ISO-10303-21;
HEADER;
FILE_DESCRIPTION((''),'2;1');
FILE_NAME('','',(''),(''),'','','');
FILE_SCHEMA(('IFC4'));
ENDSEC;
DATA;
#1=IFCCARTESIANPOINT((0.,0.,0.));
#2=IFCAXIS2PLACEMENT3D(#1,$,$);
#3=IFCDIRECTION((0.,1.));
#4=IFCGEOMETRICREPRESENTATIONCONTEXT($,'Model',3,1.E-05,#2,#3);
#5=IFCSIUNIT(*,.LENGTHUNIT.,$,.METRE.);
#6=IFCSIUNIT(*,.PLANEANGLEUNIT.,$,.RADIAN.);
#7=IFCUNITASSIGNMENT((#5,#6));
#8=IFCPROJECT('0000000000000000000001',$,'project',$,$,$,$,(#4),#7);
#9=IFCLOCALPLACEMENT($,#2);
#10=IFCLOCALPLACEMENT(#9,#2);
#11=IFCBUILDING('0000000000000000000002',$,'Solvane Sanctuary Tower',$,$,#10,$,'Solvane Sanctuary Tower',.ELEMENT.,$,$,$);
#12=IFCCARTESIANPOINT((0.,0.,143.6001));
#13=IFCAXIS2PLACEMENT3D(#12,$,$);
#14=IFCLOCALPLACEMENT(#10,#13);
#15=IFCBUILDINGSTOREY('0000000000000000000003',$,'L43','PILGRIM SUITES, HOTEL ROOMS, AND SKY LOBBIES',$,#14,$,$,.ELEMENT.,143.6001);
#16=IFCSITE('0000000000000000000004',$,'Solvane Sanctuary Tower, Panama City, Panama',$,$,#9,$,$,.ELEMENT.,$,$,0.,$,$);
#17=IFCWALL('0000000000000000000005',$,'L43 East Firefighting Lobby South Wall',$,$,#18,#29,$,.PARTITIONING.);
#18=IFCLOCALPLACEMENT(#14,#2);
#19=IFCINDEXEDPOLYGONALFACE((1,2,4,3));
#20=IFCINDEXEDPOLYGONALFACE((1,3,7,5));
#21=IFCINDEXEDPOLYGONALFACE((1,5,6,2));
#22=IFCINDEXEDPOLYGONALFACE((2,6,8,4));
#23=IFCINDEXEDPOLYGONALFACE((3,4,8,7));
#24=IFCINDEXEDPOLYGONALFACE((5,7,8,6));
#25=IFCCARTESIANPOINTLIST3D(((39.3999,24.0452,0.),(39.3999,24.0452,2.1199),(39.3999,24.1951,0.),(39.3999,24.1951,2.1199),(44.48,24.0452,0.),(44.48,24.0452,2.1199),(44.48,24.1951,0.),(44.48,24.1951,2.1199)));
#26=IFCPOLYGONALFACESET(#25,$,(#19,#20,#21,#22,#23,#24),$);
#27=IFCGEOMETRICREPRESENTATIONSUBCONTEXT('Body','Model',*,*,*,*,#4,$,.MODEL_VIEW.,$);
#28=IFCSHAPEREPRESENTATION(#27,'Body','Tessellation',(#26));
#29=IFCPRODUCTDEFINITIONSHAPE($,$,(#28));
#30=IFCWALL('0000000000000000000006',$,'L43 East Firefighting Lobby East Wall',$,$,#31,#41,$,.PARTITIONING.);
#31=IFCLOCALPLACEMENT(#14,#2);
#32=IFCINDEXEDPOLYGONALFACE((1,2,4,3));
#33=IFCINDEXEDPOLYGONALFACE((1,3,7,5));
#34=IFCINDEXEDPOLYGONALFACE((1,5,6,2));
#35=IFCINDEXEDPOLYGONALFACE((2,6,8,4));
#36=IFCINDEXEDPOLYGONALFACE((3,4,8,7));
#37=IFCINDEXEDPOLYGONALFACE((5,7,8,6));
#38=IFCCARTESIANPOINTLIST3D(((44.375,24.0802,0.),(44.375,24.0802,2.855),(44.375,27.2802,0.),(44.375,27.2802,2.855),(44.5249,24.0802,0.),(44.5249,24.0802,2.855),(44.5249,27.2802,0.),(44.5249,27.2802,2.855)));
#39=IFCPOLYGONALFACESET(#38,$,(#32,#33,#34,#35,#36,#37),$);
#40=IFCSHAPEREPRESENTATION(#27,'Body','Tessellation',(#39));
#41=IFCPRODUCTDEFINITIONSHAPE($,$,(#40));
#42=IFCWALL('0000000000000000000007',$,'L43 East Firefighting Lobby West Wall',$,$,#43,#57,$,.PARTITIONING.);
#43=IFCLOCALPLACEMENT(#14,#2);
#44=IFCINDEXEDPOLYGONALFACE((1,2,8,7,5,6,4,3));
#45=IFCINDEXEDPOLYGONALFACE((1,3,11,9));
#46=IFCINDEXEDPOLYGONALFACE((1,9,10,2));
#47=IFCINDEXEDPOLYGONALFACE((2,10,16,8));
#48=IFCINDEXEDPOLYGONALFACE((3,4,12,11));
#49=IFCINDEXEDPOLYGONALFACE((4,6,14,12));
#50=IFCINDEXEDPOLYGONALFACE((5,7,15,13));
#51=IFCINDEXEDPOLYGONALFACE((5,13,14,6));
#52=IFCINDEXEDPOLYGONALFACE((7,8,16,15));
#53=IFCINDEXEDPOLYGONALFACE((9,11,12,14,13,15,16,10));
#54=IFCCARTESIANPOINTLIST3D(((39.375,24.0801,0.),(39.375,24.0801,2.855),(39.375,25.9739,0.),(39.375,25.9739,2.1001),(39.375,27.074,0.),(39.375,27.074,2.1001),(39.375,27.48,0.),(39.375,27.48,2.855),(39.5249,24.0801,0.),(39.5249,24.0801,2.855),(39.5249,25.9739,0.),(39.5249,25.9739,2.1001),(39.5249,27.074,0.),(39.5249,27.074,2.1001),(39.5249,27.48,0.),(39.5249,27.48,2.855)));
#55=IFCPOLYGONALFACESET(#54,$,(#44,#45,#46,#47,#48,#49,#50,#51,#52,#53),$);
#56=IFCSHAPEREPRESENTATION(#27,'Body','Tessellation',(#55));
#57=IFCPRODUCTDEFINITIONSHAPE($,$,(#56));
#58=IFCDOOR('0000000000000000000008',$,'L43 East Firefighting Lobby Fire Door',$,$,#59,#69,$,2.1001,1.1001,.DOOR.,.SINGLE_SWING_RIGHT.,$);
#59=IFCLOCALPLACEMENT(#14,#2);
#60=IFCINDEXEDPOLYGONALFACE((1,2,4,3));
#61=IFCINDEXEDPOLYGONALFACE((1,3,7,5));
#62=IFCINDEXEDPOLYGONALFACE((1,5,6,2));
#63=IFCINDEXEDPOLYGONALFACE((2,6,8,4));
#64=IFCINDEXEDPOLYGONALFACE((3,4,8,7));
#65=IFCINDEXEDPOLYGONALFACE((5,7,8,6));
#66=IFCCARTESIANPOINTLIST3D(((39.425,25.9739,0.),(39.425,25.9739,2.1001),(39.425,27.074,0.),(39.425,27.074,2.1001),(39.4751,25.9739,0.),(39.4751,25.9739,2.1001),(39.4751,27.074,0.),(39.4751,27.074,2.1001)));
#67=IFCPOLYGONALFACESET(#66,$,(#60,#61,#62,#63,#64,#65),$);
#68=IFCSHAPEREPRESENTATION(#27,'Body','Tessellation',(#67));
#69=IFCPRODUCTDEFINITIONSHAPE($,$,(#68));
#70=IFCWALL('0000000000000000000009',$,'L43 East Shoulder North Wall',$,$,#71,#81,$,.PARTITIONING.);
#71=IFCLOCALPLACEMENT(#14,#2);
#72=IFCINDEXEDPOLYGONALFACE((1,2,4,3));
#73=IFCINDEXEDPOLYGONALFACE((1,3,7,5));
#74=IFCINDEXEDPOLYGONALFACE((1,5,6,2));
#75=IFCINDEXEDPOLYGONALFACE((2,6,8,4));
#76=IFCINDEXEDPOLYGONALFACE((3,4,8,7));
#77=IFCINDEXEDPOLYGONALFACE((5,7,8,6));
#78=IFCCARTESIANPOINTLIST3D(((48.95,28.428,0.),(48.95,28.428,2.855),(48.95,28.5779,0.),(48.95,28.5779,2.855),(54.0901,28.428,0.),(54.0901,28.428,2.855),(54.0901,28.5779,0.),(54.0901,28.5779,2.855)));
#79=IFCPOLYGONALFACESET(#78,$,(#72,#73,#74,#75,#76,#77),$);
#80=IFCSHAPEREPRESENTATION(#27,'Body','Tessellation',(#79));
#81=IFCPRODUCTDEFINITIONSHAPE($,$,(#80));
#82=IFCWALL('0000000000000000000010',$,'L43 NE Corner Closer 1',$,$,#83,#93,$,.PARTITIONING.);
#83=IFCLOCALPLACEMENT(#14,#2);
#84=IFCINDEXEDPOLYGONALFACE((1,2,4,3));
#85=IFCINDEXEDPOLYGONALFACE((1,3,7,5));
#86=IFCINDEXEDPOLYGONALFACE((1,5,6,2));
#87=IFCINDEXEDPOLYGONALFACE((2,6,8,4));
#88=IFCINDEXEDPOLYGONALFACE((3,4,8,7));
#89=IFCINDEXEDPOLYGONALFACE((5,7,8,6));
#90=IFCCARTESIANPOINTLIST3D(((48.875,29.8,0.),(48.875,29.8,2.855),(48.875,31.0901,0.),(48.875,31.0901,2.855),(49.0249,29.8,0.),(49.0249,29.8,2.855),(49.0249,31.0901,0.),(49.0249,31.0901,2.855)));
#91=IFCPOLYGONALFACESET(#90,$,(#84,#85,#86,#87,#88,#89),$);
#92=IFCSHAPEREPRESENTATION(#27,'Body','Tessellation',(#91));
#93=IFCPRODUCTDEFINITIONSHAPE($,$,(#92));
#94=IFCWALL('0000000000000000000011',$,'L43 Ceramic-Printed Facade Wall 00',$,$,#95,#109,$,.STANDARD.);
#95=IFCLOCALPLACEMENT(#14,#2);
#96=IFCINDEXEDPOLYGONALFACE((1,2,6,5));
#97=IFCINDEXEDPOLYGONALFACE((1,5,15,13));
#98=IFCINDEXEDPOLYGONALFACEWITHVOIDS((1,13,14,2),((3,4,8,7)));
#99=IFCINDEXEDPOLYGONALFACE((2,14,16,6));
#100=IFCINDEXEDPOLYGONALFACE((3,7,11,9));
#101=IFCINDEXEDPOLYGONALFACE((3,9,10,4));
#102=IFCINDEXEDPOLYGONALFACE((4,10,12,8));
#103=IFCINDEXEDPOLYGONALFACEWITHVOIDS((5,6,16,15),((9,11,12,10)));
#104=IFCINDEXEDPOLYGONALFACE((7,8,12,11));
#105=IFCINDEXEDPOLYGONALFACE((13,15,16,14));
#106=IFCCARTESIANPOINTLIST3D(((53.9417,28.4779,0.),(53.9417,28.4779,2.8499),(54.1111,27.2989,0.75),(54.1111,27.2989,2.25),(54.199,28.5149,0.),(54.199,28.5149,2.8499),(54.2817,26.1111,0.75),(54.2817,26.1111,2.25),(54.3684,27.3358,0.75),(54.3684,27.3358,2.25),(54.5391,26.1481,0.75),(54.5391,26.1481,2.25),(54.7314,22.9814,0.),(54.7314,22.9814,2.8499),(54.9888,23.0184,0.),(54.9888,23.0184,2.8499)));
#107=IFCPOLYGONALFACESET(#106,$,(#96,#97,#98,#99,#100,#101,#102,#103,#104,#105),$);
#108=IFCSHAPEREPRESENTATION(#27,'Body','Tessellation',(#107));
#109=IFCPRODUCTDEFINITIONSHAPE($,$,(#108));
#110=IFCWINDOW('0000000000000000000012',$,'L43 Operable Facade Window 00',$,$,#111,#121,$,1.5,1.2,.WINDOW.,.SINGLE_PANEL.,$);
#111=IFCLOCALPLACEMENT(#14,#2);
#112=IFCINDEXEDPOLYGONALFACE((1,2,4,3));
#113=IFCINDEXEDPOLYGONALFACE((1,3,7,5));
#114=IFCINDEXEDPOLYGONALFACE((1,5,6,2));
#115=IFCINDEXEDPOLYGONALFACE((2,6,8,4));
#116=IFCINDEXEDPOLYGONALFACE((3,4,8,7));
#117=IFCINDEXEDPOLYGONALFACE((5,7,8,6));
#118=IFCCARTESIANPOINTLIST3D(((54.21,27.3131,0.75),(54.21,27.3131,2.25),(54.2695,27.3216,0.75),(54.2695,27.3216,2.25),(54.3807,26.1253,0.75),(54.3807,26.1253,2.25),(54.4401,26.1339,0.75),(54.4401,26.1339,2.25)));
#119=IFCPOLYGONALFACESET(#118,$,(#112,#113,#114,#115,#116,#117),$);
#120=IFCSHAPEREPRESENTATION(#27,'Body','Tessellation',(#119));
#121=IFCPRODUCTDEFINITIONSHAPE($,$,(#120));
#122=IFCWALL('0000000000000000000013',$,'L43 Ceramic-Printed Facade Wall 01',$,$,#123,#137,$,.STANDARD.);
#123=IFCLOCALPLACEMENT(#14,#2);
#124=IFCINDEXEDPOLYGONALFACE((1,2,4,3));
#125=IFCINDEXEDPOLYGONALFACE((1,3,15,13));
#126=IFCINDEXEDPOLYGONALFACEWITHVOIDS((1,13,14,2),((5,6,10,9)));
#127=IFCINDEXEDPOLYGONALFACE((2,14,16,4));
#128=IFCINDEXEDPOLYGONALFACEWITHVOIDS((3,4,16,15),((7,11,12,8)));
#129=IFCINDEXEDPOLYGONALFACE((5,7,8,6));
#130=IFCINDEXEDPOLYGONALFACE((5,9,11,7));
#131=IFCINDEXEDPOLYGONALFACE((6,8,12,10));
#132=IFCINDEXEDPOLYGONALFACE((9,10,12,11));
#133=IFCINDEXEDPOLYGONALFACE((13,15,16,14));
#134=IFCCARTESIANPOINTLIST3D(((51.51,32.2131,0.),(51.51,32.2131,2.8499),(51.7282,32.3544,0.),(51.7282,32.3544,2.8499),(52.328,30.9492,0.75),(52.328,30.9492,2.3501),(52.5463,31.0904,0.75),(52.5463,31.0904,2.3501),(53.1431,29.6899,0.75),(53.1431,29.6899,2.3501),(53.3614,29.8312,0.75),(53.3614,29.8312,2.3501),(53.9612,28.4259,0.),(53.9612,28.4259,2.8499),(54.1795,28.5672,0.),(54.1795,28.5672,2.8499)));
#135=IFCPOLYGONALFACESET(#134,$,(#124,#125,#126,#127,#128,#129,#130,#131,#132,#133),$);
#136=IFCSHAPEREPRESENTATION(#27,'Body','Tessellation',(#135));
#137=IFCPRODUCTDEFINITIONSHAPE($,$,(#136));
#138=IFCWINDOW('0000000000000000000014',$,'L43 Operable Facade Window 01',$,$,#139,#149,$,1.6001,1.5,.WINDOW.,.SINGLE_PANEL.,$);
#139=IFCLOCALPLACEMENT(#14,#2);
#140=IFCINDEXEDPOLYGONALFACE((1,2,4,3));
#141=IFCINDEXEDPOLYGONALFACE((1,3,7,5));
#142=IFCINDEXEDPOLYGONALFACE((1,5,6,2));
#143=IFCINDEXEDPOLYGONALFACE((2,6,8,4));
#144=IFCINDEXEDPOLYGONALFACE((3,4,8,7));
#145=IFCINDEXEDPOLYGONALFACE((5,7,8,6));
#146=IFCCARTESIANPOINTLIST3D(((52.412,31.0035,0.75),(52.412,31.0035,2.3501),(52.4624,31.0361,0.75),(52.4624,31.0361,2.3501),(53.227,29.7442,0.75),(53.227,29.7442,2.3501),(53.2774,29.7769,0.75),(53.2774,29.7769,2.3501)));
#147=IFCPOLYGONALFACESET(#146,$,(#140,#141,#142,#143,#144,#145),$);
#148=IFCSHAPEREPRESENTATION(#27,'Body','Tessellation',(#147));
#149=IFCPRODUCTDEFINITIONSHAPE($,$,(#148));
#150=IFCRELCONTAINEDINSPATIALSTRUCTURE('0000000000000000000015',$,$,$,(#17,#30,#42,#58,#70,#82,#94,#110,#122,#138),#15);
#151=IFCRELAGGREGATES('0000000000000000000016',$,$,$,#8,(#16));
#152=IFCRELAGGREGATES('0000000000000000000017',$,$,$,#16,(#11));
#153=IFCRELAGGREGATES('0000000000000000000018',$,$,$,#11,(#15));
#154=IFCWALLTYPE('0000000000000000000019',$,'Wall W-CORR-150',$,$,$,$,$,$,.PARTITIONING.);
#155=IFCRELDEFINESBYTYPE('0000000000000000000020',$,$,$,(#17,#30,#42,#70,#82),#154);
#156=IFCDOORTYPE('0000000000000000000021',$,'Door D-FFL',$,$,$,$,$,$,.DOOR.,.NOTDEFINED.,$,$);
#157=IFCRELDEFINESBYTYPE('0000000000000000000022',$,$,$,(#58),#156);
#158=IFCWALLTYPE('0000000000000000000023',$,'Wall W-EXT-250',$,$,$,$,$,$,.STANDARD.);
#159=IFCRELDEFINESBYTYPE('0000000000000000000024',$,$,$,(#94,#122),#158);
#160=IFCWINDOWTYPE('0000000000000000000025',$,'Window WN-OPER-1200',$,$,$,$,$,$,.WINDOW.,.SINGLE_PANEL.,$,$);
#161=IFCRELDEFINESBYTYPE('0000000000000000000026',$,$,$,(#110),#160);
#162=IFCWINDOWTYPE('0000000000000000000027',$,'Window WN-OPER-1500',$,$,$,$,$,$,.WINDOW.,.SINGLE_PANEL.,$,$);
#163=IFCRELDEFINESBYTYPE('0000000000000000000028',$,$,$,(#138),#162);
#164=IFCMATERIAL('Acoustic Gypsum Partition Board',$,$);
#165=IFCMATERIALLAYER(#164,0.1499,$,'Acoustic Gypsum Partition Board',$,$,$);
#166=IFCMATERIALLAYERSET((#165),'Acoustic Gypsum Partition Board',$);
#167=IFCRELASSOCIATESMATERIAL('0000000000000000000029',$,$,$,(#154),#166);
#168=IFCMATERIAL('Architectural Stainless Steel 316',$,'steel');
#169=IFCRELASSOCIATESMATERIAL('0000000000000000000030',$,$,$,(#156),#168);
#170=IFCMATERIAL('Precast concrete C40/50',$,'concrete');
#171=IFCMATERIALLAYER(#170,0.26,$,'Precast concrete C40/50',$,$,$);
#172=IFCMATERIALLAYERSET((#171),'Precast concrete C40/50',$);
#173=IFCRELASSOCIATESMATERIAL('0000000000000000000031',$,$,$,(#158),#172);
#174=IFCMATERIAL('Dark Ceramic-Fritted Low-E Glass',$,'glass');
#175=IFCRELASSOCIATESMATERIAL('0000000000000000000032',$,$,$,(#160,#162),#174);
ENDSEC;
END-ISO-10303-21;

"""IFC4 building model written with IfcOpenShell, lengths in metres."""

from ifc_helpers import new_model, si_unit, direction, frame, frame_2d, origin, place, context, subcontext, project, spatial, rectangle, extrude, material, layer, layer_set, type_object, element, fill, save


model = new_model("IFC4")

# Units and contexts
model_context = context("Model", 3, precision=1e-05, world=origin(), true_north=direction((0.0, 1.0)))
body_context = subcontext(model_context, "Body", "Model", "MODEL_VIEW")
ifc_project = project(units=[si_unit("LENGTHUNIT", "METRE"), si_unit("PLANEANGLEUNIT", "RADIAN")], contexts=[model_context])

# Site, building, storey
site_placement = place(None, origin())
site = spatial("IfcSite", under=ifc_project, at=site_placement, Name="Solvane Sanctuary Tower, Panama City, Panama", CompositionType="ELEMENT", RefElevation=0.0)
building_placement = place(site_placement, origin())
building = spatial("IfcBuilding", under=site, at=building_placement, Name="Solvane Sanctuary Tower", LongName="Solvane Sanctuary Tower", CompositionType="ELEMENT")
storey_placement = place(building_placement, frame((0.0, 0.0, 143.6001)))
storey = spatial("IfcBuildingStorey", under=building, at=storey_placement, Name="L43", Description="PILGRIM SUITES, HOTEL ROOMS, AND SKY LOBBIES", CompositionType="ELEMENT", Elevation=143.6001)

# Walls
ifc_material_1 = material(Name="Acoustic Gypsum Partition Board")
ifc_layer_1 = layer(ifc_material_1, 0.1499, Name="Acoustic Gypsum Partition Board")
ifc_layer_set_1 = layer_set([ifc_layer_1], Name="Acoustic Gypsum Partition Board")
wall_type_1 = type_object("IfcWallType", Name="Wall W-CORR-150", PredefinedType="PARTITIONING", material=ifc_layer_set_1)
wall_1_placement = place(storey_placement, frame((39.3999, 24.1201, 0.0), z_axis=(0.0, 0.0, 1.0), x_axis=(1.0, 0.0, 0.0)))
element("IfcWall", 1, at=wall_1_placement, inside=storey, type_object=wall_type_1, Name="L43 East Firefighting Lobby South Wall", PredefinedType="PARTITIONING", context=body_context, shape_type="SweptSolid", body=[
    extrude(rectangle(XDim=5.0801, YDim=0.1499, at=frame_2d((2.54, 0.0))), origin(), (0.0, 0.0, 1.0), 2.1199),
])
wall_2_placement = place(storey_placement, frame((44.45, 24.0801, 0.0), z_axis=(0.0, 0.0, 1.0), x_axis=(0.0, 1.0, 0.0)))
element("IfcWall", 2, at=wall_2_placement, inside=storey, type_object=wall_type_1, Name="L43 East Firefighting Lobby East Wall", PredefinedType="PARTITIONING", context=body_context, shape_type="SweptSolid", body=[
    extrude(rectangle(XDim=3.2, YDim=0.1499, at=frame_2d((1.6001, 0.0))), origin(), (0.0, 0.0, 1.0), 2.855),
])

# Wall, opening, door
wall_3_placement = place(storey_placement, frame((39.45, 24.0801, 0.0), z_axis=(0.0, 0.0, 1.0), x_axis=(0.0, 1.0, 0.0)))
wall_3 = element("IfcWall", 3, at=wall_3_placement, inside=storey, type_object=wall_type_1, Name="L43 East Firefighting Lobby West Wall", PredefinedType="PARTITIONING", context=body_context, shape_type="SweptSolid", body=[
    extrude(rectangle(XDim=3.3999, YDim=0.1499, at=frame_2d((1.7, 0.0))), origin(), (0.0, 0.0, 1.0), 2.855),
])
opening_1_placement = place(wall_3_placement, frame((1.8938, 0.0, 0.0)))
opening_1 = element("IfcOpeningElement", 4, at=opening_1_placement, cuts=wall_3, PredefinedType="OPENING", context=body_context, shape_type="SweptSolid", body=[
    extrude(rectangle(XDim=1.1001, YDim=2.1001, at=frame_2d((0.55, 1.05))), frame((0.0, 0.085, 0.0), z_axis=(0.0, -1.0, 0.0), x_axis=(1.0, 0.0, 0.0)), (0.0, 0.0, 1.0), 0.1699),
])
ifc_material_2 = material(Name="Architectural Stainless Steel 316", Category="steel")
door_type_1 = type_object("IfcDoorType", Name="Door D-FFL", OperationType="NOTDEFINED", PredefinedType="DOOR", material=ifc_material_2)
door_1_placement = place(opening_1_placement, origin())
door_1 = element("IfcDoor", 5, at=door_1_placement, inside=storey, type_object=door_type_1, Name="L43 East Firefighting Lobby Fire Door", OperationType="SINGLE_SWING_RIGHT", OverallHeight=2.1001, OverallWidth=1.1001, PredefinedType="DOOR", context=body_context, shape_type="SweptSolid", body=[
    extrude(rectangle(XDim=1.1001, YDim=2.1001, at=frame_2d((0.55, 1.05))), frame((0.0, 0.0249, 0.0), z_axis=(0.0, -1.0, 0.0), x_axis=(1.0, 0.0, 0.0)), (0.0, 0.0, 1.0), 0.05),
])
fill(opening_1, door_1)

# Walls
wall_4_placement = place(storey_placement, frame((48.95, 28.5029, 0.0), z_axis=(0.0, 0.0, 1.0), x_axis=(1.0, 0.0, 0.0)))
element("IfcWall", 6, at=wall_4_placement, inside=storey, type_object=wall_type_1, Name="L43 East Shoulder North Wall", PredefinedType="PARTITIONING", context=body_context, shape_type="SweptSolid", body=[
    extrude(rectangle(XDim=5.1401, YDim=0.1499, at=frame_2d((2.5701, 0.0))), origin(), (0.0, 0.0, 1.0), 2.855),
])
wall_5_placement = place(storey_placement, frame((48.95, 29.8, 0.0), z_axis=(0.0, 0.0, 1.0), x_axis=(0.0, 1.0, 0.0)))
element("IfcWall", 7, at=wall_5_placement, inside=storey, type_object=wall_type_1, Name="L43 NE Corner Closer 1", PredefinedType="PARTITIONING", context=body_context, shape_type="SweptSolid", body=[
    extrude(rectangle(XDim=1.29, YDim=0.1499, at=frame_2d((0.645, 0.0))), origin(), (0.0, 0.0, 1.0), 2.855),
])

# Walls, openings, windows
ifc_material_3 = material(Name="Precast concrete C40/50", Category="concrete")
ifc_layer_2 = layer(ifc_material_3, 0.26, Name="Precast concrete C40/50")
ifc_layer_set_2 = layer_set([ifc_layer_2], Name="Precast concrete C40/50")
wall_type_2 = type_object("IfcWallType", Name="Wall W-EXT-250", PredefinedType="STANDARD", material=ifc_layer_set_2)
wall_6_placement = place(storey_placement, frame((54.8601, 23.0, 0.0), z_axis=(0.0, 0.0, 1.0), x_axis=(-0.142228, 0.989834, 0.0)))
wall_6 = element("IfcWall", 8, at=wall_6_placement, inside=storey, type_object=wall_type_2, Name="L43 Ceramic-Printed Facade Wall 00", PredefinedType="STANDARD", context=body_context, shape_type="SweptSolid", body=[
    extrude(rectangle(XDim=5.553, YDim=0.26, at=frame_2d((2.7764, 0.0))), origin(), (0.0, 0.0, 1.0), 2.8499),
])
opening_2_placement = place(wall_6_placement, frame((3.1616, 0.0, 0.75)))
opening_2 = element("IfcOpeningElement", 9, at=opening_2_placement, cuts=wall_6, PredefinedType="OPENING", context=body_context, shape_type="SweptSolid", body=[
    extrude(rectangle(XDim=1.2, YDim=1.5, at=frame_2d((0.6001, 0.75))), frame((0.0, 0.1399, 0.0), z_axis=(0.0, -1.0, 0.0), x_axis=(1.0, 0.0, 0.0)), (0.0, 0.0, 1.0), 0.28),
])
ifc_material_4 = material(Name="Dark Ceramic-Fritted Low-E Glass", Category="glass")
window_type_1 = type_object("IfcWindowType", Name="Window WN-OPER-1200", PartitioningType="SINGLE_PANEL", PredefinedType="WINDOW", material=ifc_material_4)
window_1_placement = place(opening_2_placement, origin())
window_1 = element("IfcWindow", 10, at=window_1_placement, inside=storey, type_object=window_type_1, Name="L43 Operable Facade Window 00", OverallHeight=1.5, OverallWidth=1.2, PartitioningType="SINGLE_PANEL", PredefinedType="WINDOW", context=body_context, shape_type="SweptSolid", body=[
    extrude(rectangle(XDim=1.2, YDim=1.5, at=frame_2d((0.6001, 0.75))), frame((0.0, 0.03, 0.0), z_axis=(0.0, -1.0, 0.0), x_axis=(1.0, 0.0, 0.0)), (0.0, 0.0, 1.0), 0.0601),
])
fill(opening_2, window_1)
wall_7_placement = place(storey_placement, frame((54.0703, 28.4966, 0.0), z_axis=(0.0, 0.0, 1.0), x_axis=(-0.543359, 0.8395, 0.0)))
wall_7 = element("IfcWall", 11, at=wall_7_placement, inside=storey, type_object=wall_type_2, Name="L43 Ceramic-Printed Facade Wall 01", PredefinedType="STANDARD", context=body_context, shape_type="SweptSolid", body=[
    extrude(rectangle(XDim=4.5112, YDim=0.26, at=frame_2d((2.2556, 0.0))), origin(), (0.0, 0.0, 1.0), 2.8499),
])
opening_3_placement = place(wall_7_placement, frame((1.5056, 0.0, 0.75)))
opening_3 = element("IfcOpeningElement", 12, at=opening_3_placement, cuts=wall_7, PredefinedType="OPENING", context=body_context, shape_type="SweptSolid", body=[
    extrude(rectangle(XDim=1.5, YDim=1.6001, at=frame_2d((0.75, 0.8))), frame((0.0, 0.1399, 0.0), z_axis=(0.0, -1.0, 0.0), x_axis=(1.0, 0.0, 0.0)), (0.0, 0.0, 1.0), 0.28),
])
window_type_2 = type_object("IfcWindowType", Name="Window WN-OPER-1500", PartitioningType="SINGLE_PANEL", PredefinedType="WINDOW", material=ifc_material_4)
window_2_placement = place(opening_3_placement, origin())
window_2 = element("IfcWindow", 13, at=window_2_placement, inside=storey, type_object=window_type_2, Name="L43 Operable Facade Window 01", OverallHeight=1.6001, OverallWidth=1.5, PartitioningType="SINGLE_PANEL", PredefinedType="WINDOW", context=body_context, shape_type="SweptSolid", body=[
    extrude(rectangle(XDim=1.5, YDim=1.6001, at=frame_2d((0.75, 0.8))), frame((0.0, 0.03, 0.0), z_axis=(0.0, -1.0, 0.0), x_axis=(1.0, 0.0, 0.0)), (0.0, 0.0, 1.0), 0.0601),
])
fill(opening_3, window_2)

save(model, "model.ifc")
